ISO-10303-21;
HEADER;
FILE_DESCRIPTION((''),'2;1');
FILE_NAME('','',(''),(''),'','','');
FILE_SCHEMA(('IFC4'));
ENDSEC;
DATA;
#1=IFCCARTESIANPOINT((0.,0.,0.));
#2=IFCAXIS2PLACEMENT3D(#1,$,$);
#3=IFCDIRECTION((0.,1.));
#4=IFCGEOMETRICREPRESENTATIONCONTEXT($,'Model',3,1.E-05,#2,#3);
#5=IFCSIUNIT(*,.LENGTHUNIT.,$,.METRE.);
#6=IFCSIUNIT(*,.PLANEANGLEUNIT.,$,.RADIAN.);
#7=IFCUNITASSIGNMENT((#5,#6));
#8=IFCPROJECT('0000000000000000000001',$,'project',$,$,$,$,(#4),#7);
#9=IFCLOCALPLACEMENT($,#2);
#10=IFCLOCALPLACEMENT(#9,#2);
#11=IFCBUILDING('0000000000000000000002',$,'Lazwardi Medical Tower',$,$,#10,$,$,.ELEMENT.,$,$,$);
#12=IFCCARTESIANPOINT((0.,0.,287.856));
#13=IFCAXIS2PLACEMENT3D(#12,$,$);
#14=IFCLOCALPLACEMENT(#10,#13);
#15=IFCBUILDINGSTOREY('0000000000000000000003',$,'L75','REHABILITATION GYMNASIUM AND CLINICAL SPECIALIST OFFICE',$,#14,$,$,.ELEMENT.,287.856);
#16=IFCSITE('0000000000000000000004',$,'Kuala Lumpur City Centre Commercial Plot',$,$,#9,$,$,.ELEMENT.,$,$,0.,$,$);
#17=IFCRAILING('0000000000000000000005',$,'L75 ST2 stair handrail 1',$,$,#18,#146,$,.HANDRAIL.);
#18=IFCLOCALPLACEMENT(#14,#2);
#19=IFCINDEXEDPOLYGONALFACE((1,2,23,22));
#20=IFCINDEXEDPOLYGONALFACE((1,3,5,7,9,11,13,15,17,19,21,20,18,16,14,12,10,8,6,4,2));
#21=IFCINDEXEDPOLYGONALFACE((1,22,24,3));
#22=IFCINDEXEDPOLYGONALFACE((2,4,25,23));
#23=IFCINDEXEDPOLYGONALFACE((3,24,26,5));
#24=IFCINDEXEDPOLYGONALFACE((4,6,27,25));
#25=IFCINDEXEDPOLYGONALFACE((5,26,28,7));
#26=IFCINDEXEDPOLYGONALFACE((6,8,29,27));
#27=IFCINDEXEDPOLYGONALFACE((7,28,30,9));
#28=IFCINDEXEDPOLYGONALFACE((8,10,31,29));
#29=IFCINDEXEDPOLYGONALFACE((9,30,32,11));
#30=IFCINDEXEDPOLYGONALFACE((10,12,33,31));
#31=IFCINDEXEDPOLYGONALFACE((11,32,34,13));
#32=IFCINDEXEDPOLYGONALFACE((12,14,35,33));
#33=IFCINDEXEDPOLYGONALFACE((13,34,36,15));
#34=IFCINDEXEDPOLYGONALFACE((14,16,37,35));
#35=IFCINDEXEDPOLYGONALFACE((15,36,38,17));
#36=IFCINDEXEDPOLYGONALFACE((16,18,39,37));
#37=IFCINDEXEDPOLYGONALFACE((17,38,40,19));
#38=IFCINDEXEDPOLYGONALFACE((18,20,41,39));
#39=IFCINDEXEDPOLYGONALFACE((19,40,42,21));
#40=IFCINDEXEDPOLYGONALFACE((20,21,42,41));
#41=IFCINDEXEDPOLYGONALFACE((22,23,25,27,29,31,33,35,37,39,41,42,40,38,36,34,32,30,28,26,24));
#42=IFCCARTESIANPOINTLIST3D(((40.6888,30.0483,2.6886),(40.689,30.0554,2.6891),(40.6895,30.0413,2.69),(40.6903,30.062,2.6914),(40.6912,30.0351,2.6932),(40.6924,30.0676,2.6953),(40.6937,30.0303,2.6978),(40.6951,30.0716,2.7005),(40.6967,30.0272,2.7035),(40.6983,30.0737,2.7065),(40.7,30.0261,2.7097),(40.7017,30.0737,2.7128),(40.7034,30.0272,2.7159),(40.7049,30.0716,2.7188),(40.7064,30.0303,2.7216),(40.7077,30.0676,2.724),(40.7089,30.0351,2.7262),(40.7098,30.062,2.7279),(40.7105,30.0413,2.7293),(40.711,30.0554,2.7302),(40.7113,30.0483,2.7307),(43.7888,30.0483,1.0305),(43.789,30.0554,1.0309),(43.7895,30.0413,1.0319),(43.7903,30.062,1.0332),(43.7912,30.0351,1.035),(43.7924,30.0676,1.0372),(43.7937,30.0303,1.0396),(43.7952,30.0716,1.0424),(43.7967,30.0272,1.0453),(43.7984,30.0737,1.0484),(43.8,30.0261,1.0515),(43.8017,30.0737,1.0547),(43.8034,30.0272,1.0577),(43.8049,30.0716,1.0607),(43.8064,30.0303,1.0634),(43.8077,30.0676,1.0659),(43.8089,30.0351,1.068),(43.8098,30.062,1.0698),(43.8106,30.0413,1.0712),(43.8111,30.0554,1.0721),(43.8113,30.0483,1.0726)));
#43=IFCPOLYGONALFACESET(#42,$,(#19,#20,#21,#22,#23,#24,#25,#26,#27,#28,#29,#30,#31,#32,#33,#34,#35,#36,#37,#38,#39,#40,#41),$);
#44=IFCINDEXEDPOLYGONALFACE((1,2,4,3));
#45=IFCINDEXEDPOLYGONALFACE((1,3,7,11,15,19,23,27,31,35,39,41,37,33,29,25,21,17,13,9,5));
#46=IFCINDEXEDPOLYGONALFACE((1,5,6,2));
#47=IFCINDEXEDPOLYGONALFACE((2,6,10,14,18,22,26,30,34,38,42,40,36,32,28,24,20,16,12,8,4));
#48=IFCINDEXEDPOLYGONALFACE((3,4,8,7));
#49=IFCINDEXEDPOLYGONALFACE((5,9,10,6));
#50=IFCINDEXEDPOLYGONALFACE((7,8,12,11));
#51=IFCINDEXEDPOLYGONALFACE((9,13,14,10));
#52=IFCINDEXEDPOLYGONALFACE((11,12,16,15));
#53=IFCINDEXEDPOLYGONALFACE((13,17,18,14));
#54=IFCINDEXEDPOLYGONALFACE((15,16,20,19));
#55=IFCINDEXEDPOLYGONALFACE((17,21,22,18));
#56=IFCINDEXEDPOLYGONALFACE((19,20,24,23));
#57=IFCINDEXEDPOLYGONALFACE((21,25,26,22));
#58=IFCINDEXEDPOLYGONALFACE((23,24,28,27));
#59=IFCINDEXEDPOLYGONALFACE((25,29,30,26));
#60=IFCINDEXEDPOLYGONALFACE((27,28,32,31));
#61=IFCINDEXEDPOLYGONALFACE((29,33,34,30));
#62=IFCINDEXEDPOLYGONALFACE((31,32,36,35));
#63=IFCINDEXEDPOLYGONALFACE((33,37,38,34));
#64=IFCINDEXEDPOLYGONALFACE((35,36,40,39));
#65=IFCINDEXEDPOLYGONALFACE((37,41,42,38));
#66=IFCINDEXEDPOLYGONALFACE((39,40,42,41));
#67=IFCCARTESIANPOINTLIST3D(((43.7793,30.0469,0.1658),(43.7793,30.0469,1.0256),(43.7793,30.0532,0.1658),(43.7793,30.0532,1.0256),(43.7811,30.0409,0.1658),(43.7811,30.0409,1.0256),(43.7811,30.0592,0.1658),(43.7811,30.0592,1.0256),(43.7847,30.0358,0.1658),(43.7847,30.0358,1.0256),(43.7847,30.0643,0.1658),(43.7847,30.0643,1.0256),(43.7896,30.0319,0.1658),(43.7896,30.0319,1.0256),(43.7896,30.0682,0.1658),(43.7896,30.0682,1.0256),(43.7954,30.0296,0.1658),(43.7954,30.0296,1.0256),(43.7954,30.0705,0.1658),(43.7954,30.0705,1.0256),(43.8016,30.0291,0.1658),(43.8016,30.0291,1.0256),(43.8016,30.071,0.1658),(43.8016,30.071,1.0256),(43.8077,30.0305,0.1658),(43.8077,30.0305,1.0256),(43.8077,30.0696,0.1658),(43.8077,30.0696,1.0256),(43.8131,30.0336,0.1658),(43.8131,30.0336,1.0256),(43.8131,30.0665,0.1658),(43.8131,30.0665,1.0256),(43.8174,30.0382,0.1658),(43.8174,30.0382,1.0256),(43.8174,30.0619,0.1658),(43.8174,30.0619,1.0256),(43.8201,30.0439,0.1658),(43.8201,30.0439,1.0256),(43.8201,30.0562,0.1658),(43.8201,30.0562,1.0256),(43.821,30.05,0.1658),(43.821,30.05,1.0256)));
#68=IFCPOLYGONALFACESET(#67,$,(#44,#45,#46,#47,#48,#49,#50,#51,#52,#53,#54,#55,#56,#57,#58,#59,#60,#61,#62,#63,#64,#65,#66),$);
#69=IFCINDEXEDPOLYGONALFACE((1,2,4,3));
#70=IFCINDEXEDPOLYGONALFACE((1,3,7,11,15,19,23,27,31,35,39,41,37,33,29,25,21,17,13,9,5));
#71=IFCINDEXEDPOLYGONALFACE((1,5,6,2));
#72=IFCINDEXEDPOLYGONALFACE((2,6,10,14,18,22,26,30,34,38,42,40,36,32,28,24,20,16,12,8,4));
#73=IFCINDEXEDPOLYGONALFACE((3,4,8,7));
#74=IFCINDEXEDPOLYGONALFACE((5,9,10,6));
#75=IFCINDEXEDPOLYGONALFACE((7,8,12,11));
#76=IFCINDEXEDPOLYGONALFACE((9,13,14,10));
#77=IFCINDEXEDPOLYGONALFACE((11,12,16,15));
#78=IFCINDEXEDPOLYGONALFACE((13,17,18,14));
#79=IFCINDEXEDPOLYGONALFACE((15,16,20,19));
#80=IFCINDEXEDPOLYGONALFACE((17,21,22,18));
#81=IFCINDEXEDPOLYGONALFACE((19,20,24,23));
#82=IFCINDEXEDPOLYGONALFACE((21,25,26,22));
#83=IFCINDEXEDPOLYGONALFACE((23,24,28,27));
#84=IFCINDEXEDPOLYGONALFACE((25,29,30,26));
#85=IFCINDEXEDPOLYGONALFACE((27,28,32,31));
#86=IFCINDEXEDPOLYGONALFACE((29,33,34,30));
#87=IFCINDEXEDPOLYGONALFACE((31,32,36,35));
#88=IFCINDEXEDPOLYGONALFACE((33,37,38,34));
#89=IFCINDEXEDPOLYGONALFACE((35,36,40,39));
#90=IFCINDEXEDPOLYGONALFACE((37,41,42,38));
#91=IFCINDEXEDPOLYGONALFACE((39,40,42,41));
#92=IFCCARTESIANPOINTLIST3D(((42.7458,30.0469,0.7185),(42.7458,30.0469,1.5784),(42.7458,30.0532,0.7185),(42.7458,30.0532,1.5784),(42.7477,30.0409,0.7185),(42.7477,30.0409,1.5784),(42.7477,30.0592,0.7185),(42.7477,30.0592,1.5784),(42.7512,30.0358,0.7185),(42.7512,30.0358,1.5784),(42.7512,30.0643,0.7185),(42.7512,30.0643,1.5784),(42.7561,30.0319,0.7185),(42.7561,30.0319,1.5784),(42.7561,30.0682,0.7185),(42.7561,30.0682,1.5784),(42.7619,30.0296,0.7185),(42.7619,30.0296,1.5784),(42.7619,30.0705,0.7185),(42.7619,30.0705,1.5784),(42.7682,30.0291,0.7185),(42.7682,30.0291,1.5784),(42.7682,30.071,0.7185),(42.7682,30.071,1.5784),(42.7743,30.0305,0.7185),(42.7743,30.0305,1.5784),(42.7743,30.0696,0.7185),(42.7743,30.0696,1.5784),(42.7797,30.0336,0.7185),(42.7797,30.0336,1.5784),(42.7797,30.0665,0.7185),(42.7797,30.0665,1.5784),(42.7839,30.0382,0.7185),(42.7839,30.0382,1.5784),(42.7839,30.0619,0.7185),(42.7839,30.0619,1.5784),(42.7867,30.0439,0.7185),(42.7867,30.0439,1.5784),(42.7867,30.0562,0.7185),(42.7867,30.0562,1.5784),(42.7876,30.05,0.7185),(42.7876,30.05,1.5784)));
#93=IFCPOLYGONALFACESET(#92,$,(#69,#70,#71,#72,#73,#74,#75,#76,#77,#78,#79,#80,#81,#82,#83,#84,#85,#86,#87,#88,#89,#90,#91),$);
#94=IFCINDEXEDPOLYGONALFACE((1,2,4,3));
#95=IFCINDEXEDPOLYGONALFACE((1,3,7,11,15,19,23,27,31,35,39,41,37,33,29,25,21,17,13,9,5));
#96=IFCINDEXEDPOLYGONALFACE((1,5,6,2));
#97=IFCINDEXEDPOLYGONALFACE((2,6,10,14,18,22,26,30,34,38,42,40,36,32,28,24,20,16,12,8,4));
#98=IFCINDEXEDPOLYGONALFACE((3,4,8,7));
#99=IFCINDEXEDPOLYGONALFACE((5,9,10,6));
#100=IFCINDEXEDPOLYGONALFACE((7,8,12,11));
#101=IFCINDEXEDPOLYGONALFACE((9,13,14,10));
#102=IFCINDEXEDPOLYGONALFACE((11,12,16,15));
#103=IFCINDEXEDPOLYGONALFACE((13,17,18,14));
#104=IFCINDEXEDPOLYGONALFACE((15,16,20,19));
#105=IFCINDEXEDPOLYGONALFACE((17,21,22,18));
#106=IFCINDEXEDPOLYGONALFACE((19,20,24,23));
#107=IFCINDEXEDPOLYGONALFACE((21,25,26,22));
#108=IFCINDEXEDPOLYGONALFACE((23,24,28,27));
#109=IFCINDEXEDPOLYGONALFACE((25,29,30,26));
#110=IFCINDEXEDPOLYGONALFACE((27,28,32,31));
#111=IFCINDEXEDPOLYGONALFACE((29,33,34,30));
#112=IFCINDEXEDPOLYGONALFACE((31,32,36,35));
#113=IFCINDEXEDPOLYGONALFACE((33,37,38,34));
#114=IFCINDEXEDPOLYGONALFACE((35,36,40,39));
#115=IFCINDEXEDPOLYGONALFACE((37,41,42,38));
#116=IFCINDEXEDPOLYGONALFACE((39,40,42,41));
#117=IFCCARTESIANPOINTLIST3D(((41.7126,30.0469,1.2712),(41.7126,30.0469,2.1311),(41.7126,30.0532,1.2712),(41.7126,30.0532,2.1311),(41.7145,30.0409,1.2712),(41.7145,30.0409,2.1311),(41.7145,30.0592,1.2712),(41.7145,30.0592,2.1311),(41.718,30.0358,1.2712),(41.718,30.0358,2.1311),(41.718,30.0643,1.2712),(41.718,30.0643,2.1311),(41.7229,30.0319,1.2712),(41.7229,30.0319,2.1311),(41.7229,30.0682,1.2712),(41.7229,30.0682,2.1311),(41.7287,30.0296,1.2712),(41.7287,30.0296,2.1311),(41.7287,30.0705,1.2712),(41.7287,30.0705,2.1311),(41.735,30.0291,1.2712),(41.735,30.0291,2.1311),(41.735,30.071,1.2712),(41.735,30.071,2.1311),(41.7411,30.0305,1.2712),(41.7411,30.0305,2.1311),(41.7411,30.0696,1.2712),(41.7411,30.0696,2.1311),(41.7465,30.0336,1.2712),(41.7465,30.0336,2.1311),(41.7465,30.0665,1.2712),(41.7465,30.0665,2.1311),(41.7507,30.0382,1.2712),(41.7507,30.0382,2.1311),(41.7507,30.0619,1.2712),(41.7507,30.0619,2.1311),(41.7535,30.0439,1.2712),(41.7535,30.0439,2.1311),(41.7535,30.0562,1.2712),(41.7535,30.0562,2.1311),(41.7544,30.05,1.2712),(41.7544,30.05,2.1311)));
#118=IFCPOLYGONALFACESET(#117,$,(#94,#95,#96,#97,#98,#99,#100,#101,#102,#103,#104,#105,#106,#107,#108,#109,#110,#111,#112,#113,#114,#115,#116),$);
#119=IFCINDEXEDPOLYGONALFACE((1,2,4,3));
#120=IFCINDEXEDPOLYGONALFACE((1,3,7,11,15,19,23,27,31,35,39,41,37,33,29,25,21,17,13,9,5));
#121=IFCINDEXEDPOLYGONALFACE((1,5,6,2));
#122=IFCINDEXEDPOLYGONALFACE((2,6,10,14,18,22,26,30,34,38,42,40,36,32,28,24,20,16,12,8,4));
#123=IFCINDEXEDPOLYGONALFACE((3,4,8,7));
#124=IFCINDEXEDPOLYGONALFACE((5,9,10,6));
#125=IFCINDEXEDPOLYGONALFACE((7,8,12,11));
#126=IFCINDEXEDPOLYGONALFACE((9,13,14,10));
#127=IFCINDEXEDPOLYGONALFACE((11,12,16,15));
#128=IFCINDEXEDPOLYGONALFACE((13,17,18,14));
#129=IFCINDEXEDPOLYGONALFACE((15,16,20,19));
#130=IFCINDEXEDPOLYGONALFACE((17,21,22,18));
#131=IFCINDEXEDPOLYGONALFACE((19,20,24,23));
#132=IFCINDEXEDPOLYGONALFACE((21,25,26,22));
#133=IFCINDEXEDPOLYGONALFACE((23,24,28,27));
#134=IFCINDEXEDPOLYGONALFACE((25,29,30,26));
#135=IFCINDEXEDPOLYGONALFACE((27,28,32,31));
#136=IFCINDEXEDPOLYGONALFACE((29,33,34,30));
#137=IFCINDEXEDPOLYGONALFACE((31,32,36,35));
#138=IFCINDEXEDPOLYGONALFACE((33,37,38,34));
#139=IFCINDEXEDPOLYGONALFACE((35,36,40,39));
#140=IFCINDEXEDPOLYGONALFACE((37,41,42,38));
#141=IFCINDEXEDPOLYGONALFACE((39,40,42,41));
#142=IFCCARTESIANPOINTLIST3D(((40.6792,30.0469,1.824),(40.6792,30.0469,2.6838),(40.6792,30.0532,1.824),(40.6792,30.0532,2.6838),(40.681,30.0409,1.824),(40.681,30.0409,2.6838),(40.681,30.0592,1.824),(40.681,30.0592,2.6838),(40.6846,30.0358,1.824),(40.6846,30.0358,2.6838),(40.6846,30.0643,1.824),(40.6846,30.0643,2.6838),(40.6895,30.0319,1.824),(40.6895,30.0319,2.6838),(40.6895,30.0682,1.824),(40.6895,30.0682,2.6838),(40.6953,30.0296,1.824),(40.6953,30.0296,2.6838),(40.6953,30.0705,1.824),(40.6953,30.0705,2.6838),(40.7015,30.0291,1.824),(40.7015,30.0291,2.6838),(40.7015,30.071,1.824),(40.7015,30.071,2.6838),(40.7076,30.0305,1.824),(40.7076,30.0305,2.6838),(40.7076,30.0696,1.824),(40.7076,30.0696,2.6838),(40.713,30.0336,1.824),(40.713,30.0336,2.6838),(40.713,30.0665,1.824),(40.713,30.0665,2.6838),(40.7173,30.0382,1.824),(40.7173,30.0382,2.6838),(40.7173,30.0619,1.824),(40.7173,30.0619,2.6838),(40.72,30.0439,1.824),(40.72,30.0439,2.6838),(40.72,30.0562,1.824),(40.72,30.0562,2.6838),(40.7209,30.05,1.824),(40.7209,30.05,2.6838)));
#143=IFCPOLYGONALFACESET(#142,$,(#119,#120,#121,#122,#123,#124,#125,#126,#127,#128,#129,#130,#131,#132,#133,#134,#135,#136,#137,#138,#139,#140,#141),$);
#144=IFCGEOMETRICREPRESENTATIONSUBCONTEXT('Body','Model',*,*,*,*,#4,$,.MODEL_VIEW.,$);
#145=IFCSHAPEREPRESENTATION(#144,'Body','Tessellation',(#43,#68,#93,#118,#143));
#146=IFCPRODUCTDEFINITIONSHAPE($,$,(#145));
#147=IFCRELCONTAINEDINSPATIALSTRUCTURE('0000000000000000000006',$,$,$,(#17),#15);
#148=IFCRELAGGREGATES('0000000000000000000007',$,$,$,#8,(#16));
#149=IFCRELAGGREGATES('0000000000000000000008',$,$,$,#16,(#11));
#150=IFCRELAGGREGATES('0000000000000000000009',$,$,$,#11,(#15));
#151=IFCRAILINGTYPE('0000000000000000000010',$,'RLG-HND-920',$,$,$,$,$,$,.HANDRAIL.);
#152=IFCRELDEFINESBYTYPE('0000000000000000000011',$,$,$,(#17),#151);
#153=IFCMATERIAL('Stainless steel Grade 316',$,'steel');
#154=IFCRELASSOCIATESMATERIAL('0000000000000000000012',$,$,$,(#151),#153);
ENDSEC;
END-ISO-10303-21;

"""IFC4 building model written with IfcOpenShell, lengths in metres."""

from ifc_helpers import new_model, si_unit, direction, frame, origin, origin_2d, place, context, subcontext, project, spatial, circle, extrude, material, type_object, element, save


model = new_model("IFC4")

# Units and contexts
model_context = context("Model", 3, precision=1e-05, world=origin(), true_north=direction((0.0, 1.0)))
body_context = subcontext(model_context, "Body", "Model", "MODEL_VIEW")
ifc_project = project(units=[si_unit("LENGTHUNIT", "METRE"), si_unit("PLANEANGLEUNIT", "RADIAN")], contexts=[model_context])

# Site, building, storey
site_placement = place(None, origin())
site = spatial("IfcSite", under=ifc_project, at=site_placement, Name="Kuala Lumpur City Centre Commercial Plot", CompositionType="ELEMENT", RefElevation=0.0)
building_placement = place(site_placement, origin())
building = spatial("IfcBuilding", under=site, at=building_placement, Name="Lazwardi Medical Tower", CompositionType="ELEMENT")
storey_placement = place(building_placement, frame((0.0, 0.0, 287.856)))
storey = spatial("IfcBuildingStorey", under=building, at=storey_placement, Name="L75", Description="REHABILITATION GYMNASIUM AND CLINICAL SPECIALIST OFFICE", CompositionType="ELEMENT", Elevation=287.856)

# Railing
ifc_material_1 = material(Name="Stainless steel Grade 316", Category="steel")
railing_type_1 = type_object("IfcRailingType", Name="RLG-HND-920", PredefinedType="HANDRAIL", material=ifc_material_1)
railing_1_placement = place(storey_placement, frame((43.8, 30.05, 0.1658)))
element("IfcRailing", 1, at=railing_1_placement, inside=storey, type_object=railing_type_1, Name="L75 ST2 stair handrail 1", PredefinedType="HANDRAIL", context=body_context, shape_type="SweptSolid", body=[
    extrude(circle(Radius=0.0239, at=origin_2d()), frame((0.0, 0.0, 0.8857), z_axis=(-0.881783, 0.0, 0.471655), x_axis=(0.0, -1.0, 0.0)), (0.0, 0.0, 1.0), 3.5156),
    extrude(circle(Radius=0.021, at=origin_2d()), origin(), (0.0, 0.0, 1.0), 0.8599),
    extrude(circle(Radius=0.021, at=origin_2d()), frame((-1.0334, 0.0, 0.5527)), (0.0, 0.0, 1.0), 0.8599),
    extrude(circle(Radius=0.021, at=origin_2d()), frame((-2.0667, 0.0, 1.1055)), (0.0, 0.0, 1.0), 0.8599),
    extrude(circle(Radius=0.021, at=origin_2d()), frame((-3.1001, 0.0, 1.6582)), (0.0, 0.0, 1.0), 0.8599),
])

save(model, "model.ifc")
